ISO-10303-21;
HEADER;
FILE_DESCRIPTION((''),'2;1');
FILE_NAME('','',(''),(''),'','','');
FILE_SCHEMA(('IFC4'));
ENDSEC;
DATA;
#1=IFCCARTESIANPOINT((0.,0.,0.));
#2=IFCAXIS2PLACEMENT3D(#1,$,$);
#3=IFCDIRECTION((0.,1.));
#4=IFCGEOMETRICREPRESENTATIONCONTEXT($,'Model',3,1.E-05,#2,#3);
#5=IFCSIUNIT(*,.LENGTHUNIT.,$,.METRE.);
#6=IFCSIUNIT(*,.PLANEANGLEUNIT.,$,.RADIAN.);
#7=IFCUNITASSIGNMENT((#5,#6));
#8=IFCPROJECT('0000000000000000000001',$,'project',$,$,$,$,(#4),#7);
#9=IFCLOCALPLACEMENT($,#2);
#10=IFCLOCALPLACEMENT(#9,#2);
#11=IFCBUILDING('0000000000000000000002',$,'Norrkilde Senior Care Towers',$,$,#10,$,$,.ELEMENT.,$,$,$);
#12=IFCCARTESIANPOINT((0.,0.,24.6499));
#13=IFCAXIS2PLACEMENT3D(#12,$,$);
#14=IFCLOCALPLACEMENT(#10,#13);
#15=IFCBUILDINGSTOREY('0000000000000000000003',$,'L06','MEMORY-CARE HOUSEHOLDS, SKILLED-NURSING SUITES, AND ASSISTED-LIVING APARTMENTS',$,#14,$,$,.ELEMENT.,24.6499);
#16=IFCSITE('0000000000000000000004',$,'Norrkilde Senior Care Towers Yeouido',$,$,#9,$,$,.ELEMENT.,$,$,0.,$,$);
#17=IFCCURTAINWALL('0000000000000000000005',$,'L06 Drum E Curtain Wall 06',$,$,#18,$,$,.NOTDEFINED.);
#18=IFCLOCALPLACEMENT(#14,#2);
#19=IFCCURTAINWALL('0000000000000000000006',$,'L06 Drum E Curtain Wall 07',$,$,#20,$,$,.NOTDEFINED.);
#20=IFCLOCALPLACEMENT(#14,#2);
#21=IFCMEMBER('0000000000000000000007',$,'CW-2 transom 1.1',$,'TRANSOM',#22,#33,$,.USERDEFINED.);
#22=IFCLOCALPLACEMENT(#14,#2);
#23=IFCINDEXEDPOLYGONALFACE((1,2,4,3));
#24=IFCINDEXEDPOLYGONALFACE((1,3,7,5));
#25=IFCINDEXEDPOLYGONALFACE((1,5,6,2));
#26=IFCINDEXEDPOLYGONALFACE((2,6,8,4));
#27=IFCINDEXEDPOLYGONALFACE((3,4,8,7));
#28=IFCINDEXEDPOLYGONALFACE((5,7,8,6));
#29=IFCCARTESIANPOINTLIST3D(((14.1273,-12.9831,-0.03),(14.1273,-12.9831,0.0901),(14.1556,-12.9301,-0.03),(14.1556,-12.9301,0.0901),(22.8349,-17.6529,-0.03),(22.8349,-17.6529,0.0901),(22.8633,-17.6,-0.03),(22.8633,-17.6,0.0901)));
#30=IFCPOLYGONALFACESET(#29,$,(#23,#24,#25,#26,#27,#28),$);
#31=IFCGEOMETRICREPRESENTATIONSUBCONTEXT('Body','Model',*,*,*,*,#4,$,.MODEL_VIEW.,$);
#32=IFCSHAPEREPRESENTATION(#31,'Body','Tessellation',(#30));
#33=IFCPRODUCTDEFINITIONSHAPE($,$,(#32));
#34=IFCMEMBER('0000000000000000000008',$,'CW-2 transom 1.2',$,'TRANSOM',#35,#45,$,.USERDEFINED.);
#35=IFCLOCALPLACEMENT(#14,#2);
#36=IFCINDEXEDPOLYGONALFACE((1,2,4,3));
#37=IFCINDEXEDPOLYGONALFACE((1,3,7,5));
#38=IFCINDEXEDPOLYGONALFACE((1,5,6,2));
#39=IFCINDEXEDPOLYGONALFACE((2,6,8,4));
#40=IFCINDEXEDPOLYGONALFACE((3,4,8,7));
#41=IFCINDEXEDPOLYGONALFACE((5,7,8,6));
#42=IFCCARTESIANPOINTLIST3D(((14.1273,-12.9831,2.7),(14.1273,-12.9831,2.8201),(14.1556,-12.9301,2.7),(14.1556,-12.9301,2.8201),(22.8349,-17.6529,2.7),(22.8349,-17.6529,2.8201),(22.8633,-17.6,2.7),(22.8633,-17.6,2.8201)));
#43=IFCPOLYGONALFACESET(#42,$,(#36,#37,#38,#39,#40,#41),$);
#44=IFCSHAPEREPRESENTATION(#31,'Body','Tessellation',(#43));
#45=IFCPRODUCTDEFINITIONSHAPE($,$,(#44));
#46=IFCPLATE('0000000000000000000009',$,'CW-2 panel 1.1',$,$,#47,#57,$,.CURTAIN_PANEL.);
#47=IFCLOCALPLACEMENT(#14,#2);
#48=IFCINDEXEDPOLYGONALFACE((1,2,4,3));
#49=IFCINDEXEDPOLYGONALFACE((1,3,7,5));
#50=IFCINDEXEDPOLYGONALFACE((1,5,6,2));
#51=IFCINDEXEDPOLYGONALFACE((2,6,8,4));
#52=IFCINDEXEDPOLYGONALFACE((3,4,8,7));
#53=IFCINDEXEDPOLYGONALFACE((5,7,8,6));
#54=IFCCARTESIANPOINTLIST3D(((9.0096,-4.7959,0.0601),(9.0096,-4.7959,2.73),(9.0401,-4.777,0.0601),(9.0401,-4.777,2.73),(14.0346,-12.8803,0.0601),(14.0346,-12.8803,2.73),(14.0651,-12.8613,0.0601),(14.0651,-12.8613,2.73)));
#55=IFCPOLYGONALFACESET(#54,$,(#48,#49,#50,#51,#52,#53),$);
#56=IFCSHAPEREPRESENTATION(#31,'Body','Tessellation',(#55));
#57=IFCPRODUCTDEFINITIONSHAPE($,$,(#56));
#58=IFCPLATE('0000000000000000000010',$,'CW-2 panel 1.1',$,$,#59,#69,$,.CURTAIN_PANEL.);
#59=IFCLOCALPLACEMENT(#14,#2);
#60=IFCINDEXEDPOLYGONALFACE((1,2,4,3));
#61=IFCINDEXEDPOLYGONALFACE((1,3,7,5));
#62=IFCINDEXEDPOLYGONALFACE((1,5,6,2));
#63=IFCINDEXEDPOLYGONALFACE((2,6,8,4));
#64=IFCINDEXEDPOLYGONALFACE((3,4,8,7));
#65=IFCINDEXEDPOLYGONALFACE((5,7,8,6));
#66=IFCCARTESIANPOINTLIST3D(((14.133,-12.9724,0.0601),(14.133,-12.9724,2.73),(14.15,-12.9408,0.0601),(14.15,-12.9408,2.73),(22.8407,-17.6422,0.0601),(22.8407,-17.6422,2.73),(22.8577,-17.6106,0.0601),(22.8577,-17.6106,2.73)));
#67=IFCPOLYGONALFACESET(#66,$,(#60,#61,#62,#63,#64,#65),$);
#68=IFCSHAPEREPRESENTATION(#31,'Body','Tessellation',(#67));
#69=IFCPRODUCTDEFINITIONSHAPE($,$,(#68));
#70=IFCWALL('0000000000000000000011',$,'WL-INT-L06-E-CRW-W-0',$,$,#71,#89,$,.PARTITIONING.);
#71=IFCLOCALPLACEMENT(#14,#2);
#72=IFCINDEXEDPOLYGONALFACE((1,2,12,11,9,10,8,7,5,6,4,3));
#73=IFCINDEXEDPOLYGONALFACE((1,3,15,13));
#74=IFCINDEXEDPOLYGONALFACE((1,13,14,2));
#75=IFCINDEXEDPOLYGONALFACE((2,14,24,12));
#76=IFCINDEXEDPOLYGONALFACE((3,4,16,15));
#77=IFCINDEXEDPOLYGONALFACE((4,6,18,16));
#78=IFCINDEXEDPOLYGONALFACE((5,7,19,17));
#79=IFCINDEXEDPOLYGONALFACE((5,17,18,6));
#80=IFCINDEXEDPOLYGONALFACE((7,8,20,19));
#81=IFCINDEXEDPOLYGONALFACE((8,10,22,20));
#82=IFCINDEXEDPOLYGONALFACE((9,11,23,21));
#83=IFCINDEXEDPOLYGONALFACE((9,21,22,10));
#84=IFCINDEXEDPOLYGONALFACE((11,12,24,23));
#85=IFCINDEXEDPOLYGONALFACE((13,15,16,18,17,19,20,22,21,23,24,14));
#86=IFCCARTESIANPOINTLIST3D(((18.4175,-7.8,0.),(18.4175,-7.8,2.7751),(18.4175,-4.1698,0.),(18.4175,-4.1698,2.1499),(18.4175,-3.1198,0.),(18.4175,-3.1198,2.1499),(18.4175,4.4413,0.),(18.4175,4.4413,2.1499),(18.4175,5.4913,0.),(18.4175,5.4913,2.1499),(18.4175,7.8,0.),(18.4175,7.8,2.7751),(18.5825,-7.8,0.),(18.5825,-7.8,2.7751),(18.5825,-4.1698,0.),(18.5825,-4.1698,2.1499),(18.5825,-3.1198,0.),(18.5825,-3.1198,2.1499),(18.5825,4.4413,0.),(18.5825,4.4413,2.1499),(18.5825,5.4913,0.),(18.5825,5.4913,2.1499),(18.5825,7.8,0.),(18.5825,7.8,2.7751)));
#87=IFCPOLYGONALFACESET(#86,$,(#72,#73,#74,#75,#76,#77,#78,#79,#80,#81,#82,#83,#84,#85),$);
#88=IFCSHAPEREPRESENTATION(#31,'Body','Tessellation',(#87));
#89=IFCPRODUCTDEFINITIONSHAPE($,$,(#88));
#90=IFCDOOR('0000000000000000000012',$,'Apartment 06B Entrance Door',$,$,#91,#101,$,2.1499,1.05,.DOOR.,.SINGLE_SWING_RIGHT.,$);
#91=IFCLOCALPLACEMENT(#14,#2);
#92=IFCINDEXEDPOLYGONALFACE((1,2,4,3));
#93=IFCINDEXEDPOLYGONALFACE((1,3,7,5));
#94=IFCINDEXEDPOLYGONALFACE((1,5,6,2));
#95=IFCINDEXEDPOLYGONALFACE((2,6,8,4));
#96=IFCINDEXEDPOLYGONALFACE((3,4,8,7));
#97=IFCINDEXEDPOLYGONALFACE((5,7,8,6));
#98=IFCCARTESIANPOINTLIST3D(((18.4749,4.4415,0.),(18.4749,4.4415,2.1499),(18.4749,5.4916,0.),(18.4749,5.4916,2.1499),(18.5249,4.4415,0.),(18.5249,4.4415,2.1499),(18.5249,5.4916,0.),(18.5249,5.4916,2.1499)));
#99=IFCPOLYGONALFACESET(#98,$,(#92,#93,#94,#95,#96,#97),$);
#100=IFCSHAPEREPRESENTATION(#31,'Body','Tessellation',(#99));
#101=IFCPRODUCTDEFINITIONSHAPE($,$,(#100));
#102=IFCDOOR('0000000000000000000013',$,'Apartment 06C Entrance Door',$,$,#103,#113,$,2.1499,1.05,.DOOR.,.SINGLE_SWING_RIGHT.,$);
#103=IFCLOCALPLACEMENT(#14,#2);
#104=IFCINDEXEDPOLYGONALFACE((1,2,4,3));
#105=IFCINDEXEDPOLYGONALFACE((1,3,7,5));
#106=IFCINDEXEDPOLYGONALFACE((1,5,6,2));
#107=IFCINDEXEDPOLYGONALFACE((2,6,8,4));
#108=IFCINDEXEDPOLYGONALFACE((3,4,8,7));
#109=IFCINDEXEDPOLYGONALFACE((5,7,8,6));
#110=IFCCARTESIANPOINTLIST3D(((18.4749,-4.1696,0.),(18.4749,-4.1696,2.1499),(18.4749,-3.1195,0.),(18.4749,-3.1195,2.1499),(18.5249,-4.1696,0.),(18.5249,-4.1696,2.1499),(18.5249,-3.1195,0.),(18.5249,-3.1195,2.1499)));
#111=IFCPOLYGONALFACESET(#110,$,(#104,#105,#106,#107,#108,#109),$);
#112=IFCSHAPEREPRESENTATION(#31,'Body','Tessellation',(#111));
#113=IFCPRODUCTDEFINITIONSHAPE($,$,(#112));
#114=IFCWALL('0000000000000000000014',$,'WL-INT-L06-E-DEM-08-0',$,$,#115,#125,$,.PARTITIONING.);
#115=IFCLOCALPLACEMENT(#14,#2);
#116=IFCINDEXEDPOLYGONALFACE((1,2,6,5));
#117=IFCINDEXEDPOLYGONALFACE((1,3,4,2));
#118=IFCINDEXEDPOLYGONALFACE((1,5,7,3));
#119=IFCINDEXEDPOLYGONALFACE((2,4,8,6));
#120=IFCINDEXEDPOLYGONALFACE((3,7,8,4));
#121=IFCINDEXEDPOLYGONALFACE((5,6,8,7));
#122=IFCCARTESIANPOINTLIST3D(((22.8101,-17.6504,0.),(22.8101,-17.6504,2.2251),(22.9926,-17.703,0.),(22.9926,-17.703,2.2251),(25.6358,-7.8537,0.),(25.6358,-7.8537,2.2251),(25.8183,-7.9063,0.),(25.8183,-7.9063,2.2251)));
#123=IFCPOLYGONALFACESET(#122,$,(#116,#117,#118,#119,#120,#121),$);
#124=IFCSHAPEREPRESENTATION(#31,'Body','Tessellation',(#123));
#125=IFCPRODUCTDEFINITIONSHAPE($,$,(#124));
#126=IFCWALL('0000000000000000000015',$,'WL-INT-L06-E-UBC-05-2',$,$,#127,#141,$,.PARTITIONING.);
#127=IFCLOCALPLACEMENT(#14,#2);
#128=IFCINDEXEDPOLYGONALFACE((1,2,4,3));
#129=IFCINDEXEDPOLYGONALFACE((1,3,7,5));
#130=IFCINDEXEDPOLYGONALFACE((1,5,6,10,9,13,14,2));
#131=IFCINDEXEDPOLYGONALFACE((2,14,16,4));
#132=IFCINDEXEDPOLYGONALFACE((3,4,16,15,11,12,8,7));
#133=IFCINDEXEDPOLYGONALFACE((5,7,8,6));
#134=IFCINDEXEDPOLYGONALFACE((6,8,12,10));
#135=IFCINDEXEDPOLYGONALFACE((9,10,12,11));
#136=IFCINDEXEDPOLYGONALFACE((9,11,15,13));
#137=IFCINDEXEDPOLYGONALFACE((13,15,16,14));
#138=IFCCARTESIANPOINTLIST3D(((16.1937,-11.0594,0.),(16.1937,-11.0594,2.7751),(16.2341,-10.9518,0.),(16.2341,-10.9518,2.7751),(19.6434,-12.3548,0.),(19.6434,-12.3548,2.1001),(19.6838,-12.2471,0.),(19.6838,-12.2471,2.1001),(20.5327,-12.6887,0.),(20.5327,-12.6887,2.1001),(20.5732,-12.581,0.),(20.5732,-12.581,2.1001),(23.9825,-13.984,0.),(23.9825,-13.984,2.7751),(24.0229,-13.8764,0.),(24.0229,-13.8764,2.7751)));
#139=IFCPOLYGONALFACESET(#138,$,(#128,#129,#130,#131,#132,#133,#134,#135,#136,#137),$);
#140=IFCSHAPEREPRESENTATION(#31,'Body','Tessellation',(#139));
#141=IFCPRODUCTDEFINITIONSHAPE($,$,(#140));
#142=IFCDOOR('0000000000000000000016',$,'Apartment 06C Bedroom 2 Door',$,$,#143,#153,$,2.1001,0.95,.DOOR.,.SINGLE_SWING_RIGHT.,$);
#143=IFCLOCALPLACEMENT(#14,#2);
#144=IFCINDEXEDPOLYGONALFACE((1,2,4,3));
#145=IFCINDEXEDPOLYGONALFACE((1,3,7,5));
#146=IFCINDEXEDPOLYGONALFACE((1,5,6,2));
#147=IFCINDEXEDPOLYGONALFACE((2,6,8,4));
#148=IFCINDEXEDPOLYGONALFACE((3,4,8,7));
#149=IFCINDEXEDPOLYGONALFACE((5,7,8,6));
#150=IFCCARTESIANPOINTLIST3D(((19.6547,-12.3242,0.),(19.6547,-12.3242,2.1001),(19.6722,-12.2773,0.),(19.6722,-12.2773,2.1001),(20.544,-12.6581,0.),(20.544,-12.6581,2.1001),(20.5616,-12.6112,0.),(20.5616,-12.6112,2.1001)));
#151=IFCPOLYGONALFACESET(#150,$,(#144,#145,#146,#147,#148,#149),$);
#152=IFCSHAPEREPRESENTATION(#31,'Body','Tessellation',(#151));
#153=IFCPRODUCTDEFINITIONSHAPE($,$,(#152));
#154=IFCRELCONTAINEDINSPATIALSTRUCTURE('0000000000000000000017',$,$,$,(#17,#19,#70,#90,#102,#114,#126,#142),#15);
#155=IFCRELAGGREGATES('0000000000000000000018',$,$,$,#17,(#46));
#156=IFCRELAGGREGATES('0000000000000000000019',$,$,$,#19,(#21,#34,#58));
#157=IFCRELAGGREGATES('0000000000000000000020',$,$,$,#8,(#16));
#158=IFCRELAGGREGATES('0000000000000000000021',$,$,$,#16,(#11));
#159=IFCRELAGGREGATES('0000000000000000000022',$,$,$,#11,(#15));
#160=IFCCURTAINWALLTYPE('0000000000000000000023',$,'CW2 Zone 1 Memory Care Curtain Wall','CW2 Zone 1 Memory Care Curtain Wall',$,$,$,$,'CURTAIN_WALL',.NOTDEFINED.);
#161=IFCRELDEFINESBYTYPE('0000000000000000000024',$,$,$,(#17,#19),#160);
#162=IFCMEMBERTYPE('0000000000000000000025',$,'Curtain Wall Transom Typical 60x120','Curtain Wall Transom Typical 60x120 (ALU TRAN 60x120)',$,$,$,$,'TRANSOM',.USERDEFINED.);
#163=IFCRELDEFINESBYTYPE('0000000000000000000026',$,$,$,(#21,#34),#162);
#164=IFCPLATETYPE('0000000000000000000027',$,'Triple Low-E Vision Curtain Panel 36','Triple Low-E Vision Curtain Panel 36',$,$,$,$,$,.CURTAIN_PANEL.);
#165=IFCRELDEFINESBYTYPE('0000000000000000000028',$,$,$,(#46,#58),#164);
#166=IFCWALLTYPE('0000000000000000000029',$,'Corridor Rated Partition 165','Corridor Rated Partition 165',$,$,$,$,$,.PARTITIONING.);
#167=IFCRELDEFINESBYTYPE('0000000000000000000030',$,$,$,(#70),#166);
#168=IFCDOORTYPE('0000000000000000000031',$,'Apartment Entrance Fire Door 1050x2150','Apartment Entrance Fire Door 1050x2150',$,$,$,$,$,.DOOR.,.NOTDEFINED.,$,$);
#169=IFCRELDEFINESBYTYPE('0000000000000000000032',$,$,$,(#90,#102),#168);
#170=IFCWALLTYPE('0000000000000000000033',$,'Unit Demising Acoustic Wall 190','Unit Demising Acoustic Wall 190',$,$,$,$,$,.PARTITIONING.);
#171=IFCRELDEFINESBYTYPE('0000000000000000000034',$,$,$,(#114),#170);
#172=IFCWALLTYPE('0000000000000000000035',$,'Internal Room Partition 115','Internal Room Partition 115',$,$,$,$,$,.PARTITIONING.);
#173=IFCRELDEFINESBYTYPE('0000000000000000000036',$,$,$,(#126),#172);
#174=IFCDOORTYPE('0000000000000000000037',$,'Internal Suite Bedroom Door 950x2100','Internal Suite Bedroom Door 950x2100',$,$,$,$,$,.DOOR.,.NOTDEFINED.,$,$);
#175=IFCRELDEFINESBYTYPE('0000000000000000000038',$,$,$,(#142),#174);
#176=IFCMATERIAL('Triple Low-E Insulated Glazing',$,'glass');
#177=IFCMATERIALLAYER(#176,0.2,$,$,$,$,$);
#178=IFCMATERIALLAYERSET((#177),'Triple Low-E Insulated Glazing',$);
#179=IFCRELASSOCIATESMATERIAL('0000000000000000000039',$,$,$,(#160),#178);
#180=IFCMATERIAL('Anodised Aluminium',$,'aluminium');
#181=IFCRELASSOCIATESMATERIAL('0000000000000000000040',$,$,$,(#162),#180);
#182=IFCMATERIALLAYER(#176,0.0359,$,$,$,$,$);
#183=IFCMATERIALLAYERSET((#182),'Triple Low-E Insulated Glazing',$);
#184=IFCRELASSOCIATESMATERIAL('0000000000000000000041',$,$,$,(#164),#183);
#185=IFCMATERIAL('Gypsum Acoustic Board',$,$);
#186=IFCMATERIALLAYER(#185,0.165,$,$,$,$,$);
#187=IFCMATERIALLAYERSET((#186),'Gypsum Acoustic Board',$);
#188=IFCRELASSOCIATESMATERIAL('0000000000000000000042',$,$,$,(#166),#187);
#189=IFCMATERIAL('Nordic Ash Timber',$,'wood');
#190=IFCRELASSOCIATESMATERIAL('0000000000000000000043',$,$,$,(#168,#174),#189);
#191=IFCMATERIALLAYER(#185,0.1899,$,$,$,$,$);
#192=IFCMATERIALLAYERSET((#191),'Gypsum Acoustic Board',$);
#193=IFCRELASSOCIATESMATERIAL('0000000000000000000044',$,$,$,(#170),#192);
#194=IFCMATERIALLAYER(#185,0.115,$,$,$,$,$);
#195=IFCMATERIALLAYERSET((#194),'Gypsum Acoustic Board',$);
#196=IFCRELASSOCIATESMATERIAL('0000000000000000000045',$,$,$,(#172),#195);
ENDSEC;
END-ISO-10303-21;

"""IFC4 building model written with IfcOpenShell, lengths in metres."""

from ifc_helpers import new_model, si_unit, direction, frame, frame_2d, origin, origin_2d, place, context, subcontext, project, spatial, rectangle, extrude, source, transform, mapped, material, layer, layer_set, material_profile, profile_set, type_object, type_shapes, element, fill, aggregate, save


model = new_model("IFC4")

# Units and contexts
model_context = context("Model", 3, precision=1e-05, world=origin(), true_north=direction((0.0, 1.0)))
body_context = subcontext(model_context, "Body", "Model", "MODEL_VIEW")
ifc_project = project(units=[si_unit("LENGTHUNIT", "METRE"), si_unit("PLANEANGLEUNIT", "RADIAN")], contexts=[model_context])

# Site, building, storey
site_placement = place(None, origin())
site = spatial("IfcSite", under=ifc_project, at=site_placement, Name="Norrkilde Senior Care Towers Yeouido", CompositionType="ELEMENT", RefElevation=0.0)
building_placement = place(site_placement, origin())
building = spatial("IfcBuilding", under=site, at=building_placement, Name="Norrkilde Senior Care Towers", CompositionType="ELEMENT")
storey_placement = place(building_placement, frame((0.0, 0.0, 24.6499)))
storey = spatial("IfcBuildingStorey", under=building, at=storey_placement, Name="L06", Description="MEMORY-CARE HOUSEHOLDS, SKILLED-NURSING SUITES, AND ASSISTED-LIVING APARTMENTS", CompositionType="ELEMENT", Elevation=24.6499)

# Curtain wall
ifc_material_1 = material(Name="Triple Low-E Insulated Glazing", Category="glass")
ifc_layer_1 = layer(ifc_material_1, 0.2)
ifc_layer_set_1 = layer_set([ifc_layer_1], Name="Triple Low-E Insulated Glazing")
curtain_wall_type = type_object("IfcCurtainWallType", Name="CW2 Zone 1 Memory Care Curtain Wall", Description="CW2 Zone 1 Memory Care Curtain Wall", ElementType="CURTAIN_WALL", PredefinedType="NOTDEFINED", material=ifc_layer_set_1)
curtain_wall_1_placement = place(storey_placement, origin())
curtain_wall_1 = element("IfcCurtainWall", 1, at=curtain_wall_1_placement, inside=storey, type_object=curtain_wall_type, Name="L06 Drum E Curtain Wall 06", PredefinedType="NOTDEFINED")
ifc_material_2 = material(Name="Anodised Aluminium", Category="aluminium")

# Curtain wall
curtain_wall_2_placement = place(storey_placement, origin())
curtain_wall_2 = element("IfcCurtainWall", 2, at=curtain_wall_2_placement, inside=storey, type_object=curtain_wall_type, Name="L06 Drum E Curtain Wall 07", PredefinedType="NOTDEFINED")

# Members
ifc_material_profile_1 = material_profile(ifc_material_2, rectangle(XDim=0.0601, YDim=0.1201, at=origin_2d()), Name="ALU TRAN 60x120")
ifc_profile_set_1 = profile_set([ifc_material_profile_1], Name="Anodised Aluminium")
member_type_1 = type_object("IfcMemberType", Name="Curtain Wall Transom Typical 60x120", Description="Curtain Wall Transom Typical 60x120 (ALU TRAN 60x120)", ElementType="TRANSOM", PredefinedType="USERDEFINED", material=ifc_profile_set_1)
shared_shape_1 = source(origin(), body_context, "Body", "SweptSolid", [
    extrude(rectangle(XDim=0.0601, YDim=0.1201, at=origin_2d()), origin(), (0.0, 0.0, 1.0), 9.8809),
])
member_1_placement = place(storey_placement, frame((22.8491, -17.6265, 0.03), z_axis=(-0.881267, 0.472618, 0.0), x_axis=(-0.472618, -0.881267, 0.0)))
member_1 = element("IfcMember", 3, at=member_1_placement, type_object=member_type_1, Name="CW-2 transom 1.1", ObjectType="TRANSOM", PredefinedType="USERDEFINED", context=body_context, shape_type="MappedRepresentation", body=[
    mapped(shared_shape_1, transform((0.0, 0.0, 0.0), x_axis=(1.0, 0.0, 0.0), y_axis=(0.0, 1.0, 0.0), z_axis=(0.0, 0.0, 1.0), scale=1.0)),
])
member_2_placement = place(storey_placement, frame((22.8491, -17.6265, 2.76), z_axis=(-0.881267, 0.472618, 0.0), x_axis=(-0.472618, -0.881267, 0.0)))
member_2 = element("IfcMember", 4, at=member_2_placement, type_object=member_type_1, Name="CW-2 transom 1.2", ObjectType="TRANSOM", PredefinedType="USERDEFINED", context=body_context, shape_type="MappedRepresentation", body=[
    mapped(shared_shape_1, transform((0.0, 0.0, 0.0), x_axis=(1.0, 0.0, 0.0), y_axis=(0.0, 1.0, 0.0), z_axis=(0.0, 0.0, 1.0), scale=1.0)),
])

# Plates
ifc_layer_2 = layer(ifc_material_1, 0.0359)
ifc_layer_set_2 = layer_set([ifc_layer_2], Name="Triple Low-E Insulated Glazing")
plate_type = type_object("IfcPlateType", Name="Triple Low-E Vision Curtain Panel 36", Description="Triple Low-E Vision Curtain Panel 36", PredefinedType="CURTAIN_PANEL", material=ifc_layer_set_2)
shared_shape_2 = source(origin(), body_context, "Body", "SweptSolid", [
    extrude(rectangle(XDim=9.5188, YDim=0.0359, at=origin_2d()), origin(), (0.0, 0.0, 1.0), 2.6699),
])
plate_1_placement = place(storey_placement, frame((11.5374, -8.8286, 0.0601), z_axis=(0.0, 0.0, 1.0), x_axis=(-0.527901, 0.849306, 0.0)))
plate_1 = element("IfcPlate", 5, at=plate_1_placement, type_object=plate_type, Name="CW-2 panel 1.1", PredefinedType="CURTAIN_PANEL", context=body_context, shape_type="MappedRepresentation", body=[
    mapped(shared_shape_2, transform((0.0, 0.0, 0.0), x_axis=(1.0, 0.0, 0.0), y_axis=(0.0, 1.0, 0.0), z_axis=(0.0, 0.0, 1.0), scale=1.0)),
])
aggregate(curtain_wall_1, [plate_1])
shared_shape_3 = source(origin(), body_context, "Body", "SweptSolid", [
    extrude(rectangle(XDim=9.8809, YDim=0.0359, at=origin_2d()), origin(), (0.0, 0.0, 1.0), 2.6699),
])
type_shapes(plate_type, [shared_shape_2, shared_shape_3])
plate_2_placement = place(storey_placement, frame((18.4954, -15.2915, 0.0601), z_axis=(0.0, 0.0, 1.0), x_axis=(-0.881273, 0.472608, 0.0)))
plate_2 = element("IfcPlate", 6, at=plate_2_placement, type_object=plate_type, Name="CW-2 panel 1.1", PredefinedType="CURTAIN_PANEL", context=body_context, shape_type="MappedRepresentation", body=[
    mapped(shared_shape_3, transform((0.0, 0.0, 0.0), x_axis=(1.0, 0.0, 0.0), y_axis=(0.0, 1.0, 0.0), z_axis=(0.0, 0.0, 1.0), scale=1.0)),
])
aggregate(curtain_wall_2, [member_1, member_2, plate_2])

# Wall, openings, doors
ifc_material_3 = material(Name="Gypsum Acoustic Board")
ifc_layer_3 = layer(ifc_material_3, 0.165)
ifc_layer_set_3 = layer_set([ifc_layer_3], Name="Gypsum Acoustic Board")
wall_type_1 = type_object("IfcWallType", Name="Corridor Rated Partition 165", Description="Corridor Rated Partition 165", PredefinedType="PARTITIONING", material=ifc_layer_set_3)
shared_shape_4 = source(origin(), body_context, "Body", "SweptSolid", [
    extrude(rectangle(XDim=15.6001, YDim=0.165, at=frame_2d((7.8, 0.0))), origin(), (0.0, 0.0, 1.0), 2.7751),
])
type_shapes(wall_type_1, [shared_shape_4])
wall_1_placement = place(storey_placement, frame((18.5, -7.8, 0.0), z_axis=(0.0, 0.0, 1.0), x_axis=(0.0, 1.0, 0.0)))
wall_1 = element("IfcWall", 7, at=wall_1_placement, inside=storey, type_object=wall_type_1, Name="WL-INT-L06-E-CRW-W-0", PredefinedType="PARTITIONING", context=body_context, shape_type="MappedRepresentation", body=[
    mapped(shared_shape_4, transform((0.0, 0.0, 0.0), x_axis=(1.0, 0.0, 0.0), y_axis=(0.0, 1.0, 0.0), z_axis=(0.0, 0.0, 1.0), scale=1.0)),
])
opening_1_placement = place(wall_1_placement, frame((12.2415, 0.0, 0.0)))
opening_1 = element("IfcOpeningElement", 8, at=opening_1_placement, cuts=wall_1, PredefinedType="OPENING", context=body_context, shape_type="SweptSolid", body=[
    extrude(rectangle(XDim=1.05, YDim=2.1499, at=frame_2d((0.5249, 1.075))), frame((0.0, 0.0925, 0.0), z_axis=(0.0, -1.0, 0.0), x_axis=(1.0, 0.0, 0.0)), (0.0, 0.0, 1.0), 0.1851),
])
opening_2_placement = place(wall_1_placement, frame((3.6304, 0.0, 0.0)))
opening_2 = element("IfcOpeningElement", 9, at=opening_2_placement, cuts=wall_1, PredefinedType="OPENING", context=body_context, shape_type="SweptSolid", body=[
    extrude(rectangle(XDim=1.05, YDim=2.1499, at=frame_2d((0.5249, 1.075))), frame((0.0, 0.0925, 0.0), z_axis=(0.0, -1.0, 0.0), x_axis=(1.0, 0.0, 0.0)), (0.0, 0.0, 1.0), 0.1851),
])
ifc_material_4 = material(Name="Nordic Ash Timber", Category="wood")
door_type_1 = type_object("IfcDoorType", Name="Apartment Entrance Fire Door 1050x2150", Description="Apartment Entrance Fire Door 1050x2150", OperationType="NOTDEFINED", PredefinedType="DOOR", material=ifc_material_4)
shared_shape_5 = source(origin(), body_context, "Body", "SweptSolid", [
    extrude(rectangle(XDim=1.05, YDim=2.1499, at=frame_2d((0.5249, 1.075))), frame((0.0, 0.0249, 0.0), z_axis=(0.0, -1.0, 0.0), x_axis=(1.0, 0.0, 0.0)), (0.0, 0.0, 1.0), 0.05),
])
type_shapes(door_type_1, [shared_shape_5])
door_1_placement = place(opening_1_placement, frame((1.05, 0.0, 0.0), z_axis=(0.0, 0.0, 1.0), x_axis=(-1.0, 0.0, 0.0)))
door_1 = element("IfcDoor", 10, at=door_1_placement, inside=storey, type_object=door_type_1, Name="Apartment 06B Entrance Door", OperationType="SINGLE_SWING_RIGHT", OverallHeight=2.1499, OverallWidth=1.05, PredefinedType="DOOR", context=body_context, shape_type="MappedRepresentation", body=[
    mapped(shared_shape_5, transform((0.0, 0.0, 0.0), x_axis=(1.0, 0.0, 0.0), y_axis=(0.0, 1.0, 0.0), z_axis=(0.0, 0.0, 1.0), scale=1.0)),
])
fill(opening_1, door_1)
door_2_placement = place(opening_2_placement, frame((1.05, 0.0, 0.0), z_axis=(0.0, 0.0, 1.0), x_axis=(-1.0, 0.0, 0.0)))
door_2 = element("IfcDoor", 11, at=door_2_placement, inside=storey, type_object=door_type_1, Name="Apartment 06C Entrance Door", OperationType="SINGLE_SWING_RIGHT", OverallHeight=2.1499, OverallWidth=1.05, PredefinedType="DOOR", context=body_context, shape_type="MappedRepresentation", body=[
    mapped(shared_shape_5, transform((0.0, 0.0, 0.0), x_axis=(1.0, 0.0, 0.0), y_axis=(0.0, 1.0, 0.0), z_axis=(0.0, 0.0, 1.0), scale=1.0)),
])
fill(opening_2, door_2)

# Wall
ifc_layer_4 = layer(ifc_material_3, 0.1899)
ifc_layer_set_4 = layer_set([ifc_layer_4], Name="Gypsum Acoustic Board")
wall_type_2 = type_object("IfcWallType", Name="Unit Demising Acoustic Wall 190", Description="Unit Demising Acoustic Wall 190", PredefinedType="PARTITIONING", material=ifc_layer_set_4)
shared_shape_6 = source(origin(), body_context, "Body", "SweptSolid", [
    extrude(rectangle(XDim=10.196, YDim=0.1899, at=frame_2d((5.0981, 0.0))), origin(), (0.0, 0.0, 1.0), 2.2251),
])
type_shapes(wall_type_2, [shared_shape_6])
wall_2_placement = place(storey_placement, frame((25.7271, -7.8799, 0.0), z_axis=(0.0, 0.0, 1.0), x_axis=(-0.277136, -0.960831, 0.0)))
element("IfcWall", 12, at=wall_2_placement, inside=storey, type_object=wall_type_2, Name="WL-INT-L06-E-DEM-08-0", PredefinedType="PARTITIONING", context=body_context, shape_type="MappedRepresentation", body=[
    mapped(shared_shape_6, transform((0.0, 0.0, 0.0), x_axis=(1.0, 0.0, 0.0), y_axis=(0.0, 1.0, 0.0), z_axis=(0.0, 0.0, 1.0), scale=1.0)),
])

# Wall, opening, door
ifc_layer_5 = layer(ifc_material_3, 0.115)
ifc_layer_set_5 = layer_set([ifc_layer_5], Name="Gypsum Acoustic Board")
wall_type_3 = type_object("IfcWallType", Name="Internal Room Partition 115", Description="Internal Room Partition 115", PredefinedType="PARTITIONING", material=ifc_layer_set_5)
shared_shape_7 = source(origin(), body_context, "Body", "SweptSolid", [
    extrude(rectangle(XDim=8.3198, YDim=0.115, at=frame_2d((4.1599, 0.0))), origin(), (0.0, 0.0, 1.0), 2.7751),
])
wall_3_placement = place(storey_placement, frame((16.2139, -11.0056, 0.0), z_axis=(0.0, 0.0, 1.0), x_axis=(0.936181, -0.351519, 0.0)))
wall_3 = element("IfcWall", 13, at=wall_3_placement, inside=storey, type_object=wall_type_3, Name="WL-INT-L06-E-UBC-05-2", PredefinedType="PARTITIONING", context=body_context, shape_type="MappedRepresentation", body=[
    mapped(shared_shape_7, transform((0.0, 0.0, 0.0), x_axis=(1.0, 0.0, 0.0), y_axis=(0.0, 1.0, 0.0), z_axis=(0.0, 0.0, 1.0), scale=1.0)),
])
opening_3_placement = place(wall_3_placement, frame((3.6848, 0.0, 0.0)))
opening_3 = element("IfcOpeningElement", 14, at=opening_3_placement, cuts=wall_3, PredefinedType="OPENING", context=body_context, shape_type="SweptSolid", body=[
    extrude(rectangle(XDim=0.95, YDim=2.1001, at=frame_2d((0.4751, 1.05))), frame((0.0, 0.0674, 0.0), z_axis=(0.0, -1.0, 0.0), x_axis=(1.0, 0.0, 0.0)), (0.0, 0.0, 1.0), 0.135),
])
door_type_2 = type_object("IfcDoorType", Name="Internal Suite Bedroom Door 950x2100", Description="Internal Suite Bedroom Door 950x2100", OperationType="NOTDEFINED", PredefinedType="DOOR", material=ifc_material_4)
shared_shape_8 = source(origin(), body_context, "Body", "SweptSolid", [
    extrude(rectangle(XDim=0.95, YDim=2.1001, at=frame_2d((0.4751, 1.05))), frame((0.0, 0.0249, 0.0), z_axis=(0.0, -1.0, 0.0), x_axis=(1.0, 0.0, 0.0)), (0.0, 0.0, 1.0), 0.05),
])
type_shapes(door_type_2, [shared_shape_8])
door_3_placement = place(opening_3_placement, frame((0.95, 0.0, 0.0), z_axis=(0.0, 0.0, 1.0), x_axis=(-1.0, 0.0, 0.0)))
door_3 = element("IfcDoor", 15, at=door_3_placement, inside=storey, type_object=door_type_2, Name="Apartment 06C Bedroom 2 Door", OperationType="SINGLE_SWING_RIGHT", OverallHeight=2.1001, OverallWidth=0.95, PredefinedType="DOOR", context=body_context, shape_type="MappedRepresentation", body=[
    mapped(shared_shape_8, transform((0.0, 0.0, 0.0), x_axis=(1.0, 0.0, 0.0), y_axis=(0.0, 1.0, 0.0), z_axis=(0.0, 0.0, 1.0), scale=1.0)),
])
fill(opening_3, door_3)

save(model, "model.ifc")
